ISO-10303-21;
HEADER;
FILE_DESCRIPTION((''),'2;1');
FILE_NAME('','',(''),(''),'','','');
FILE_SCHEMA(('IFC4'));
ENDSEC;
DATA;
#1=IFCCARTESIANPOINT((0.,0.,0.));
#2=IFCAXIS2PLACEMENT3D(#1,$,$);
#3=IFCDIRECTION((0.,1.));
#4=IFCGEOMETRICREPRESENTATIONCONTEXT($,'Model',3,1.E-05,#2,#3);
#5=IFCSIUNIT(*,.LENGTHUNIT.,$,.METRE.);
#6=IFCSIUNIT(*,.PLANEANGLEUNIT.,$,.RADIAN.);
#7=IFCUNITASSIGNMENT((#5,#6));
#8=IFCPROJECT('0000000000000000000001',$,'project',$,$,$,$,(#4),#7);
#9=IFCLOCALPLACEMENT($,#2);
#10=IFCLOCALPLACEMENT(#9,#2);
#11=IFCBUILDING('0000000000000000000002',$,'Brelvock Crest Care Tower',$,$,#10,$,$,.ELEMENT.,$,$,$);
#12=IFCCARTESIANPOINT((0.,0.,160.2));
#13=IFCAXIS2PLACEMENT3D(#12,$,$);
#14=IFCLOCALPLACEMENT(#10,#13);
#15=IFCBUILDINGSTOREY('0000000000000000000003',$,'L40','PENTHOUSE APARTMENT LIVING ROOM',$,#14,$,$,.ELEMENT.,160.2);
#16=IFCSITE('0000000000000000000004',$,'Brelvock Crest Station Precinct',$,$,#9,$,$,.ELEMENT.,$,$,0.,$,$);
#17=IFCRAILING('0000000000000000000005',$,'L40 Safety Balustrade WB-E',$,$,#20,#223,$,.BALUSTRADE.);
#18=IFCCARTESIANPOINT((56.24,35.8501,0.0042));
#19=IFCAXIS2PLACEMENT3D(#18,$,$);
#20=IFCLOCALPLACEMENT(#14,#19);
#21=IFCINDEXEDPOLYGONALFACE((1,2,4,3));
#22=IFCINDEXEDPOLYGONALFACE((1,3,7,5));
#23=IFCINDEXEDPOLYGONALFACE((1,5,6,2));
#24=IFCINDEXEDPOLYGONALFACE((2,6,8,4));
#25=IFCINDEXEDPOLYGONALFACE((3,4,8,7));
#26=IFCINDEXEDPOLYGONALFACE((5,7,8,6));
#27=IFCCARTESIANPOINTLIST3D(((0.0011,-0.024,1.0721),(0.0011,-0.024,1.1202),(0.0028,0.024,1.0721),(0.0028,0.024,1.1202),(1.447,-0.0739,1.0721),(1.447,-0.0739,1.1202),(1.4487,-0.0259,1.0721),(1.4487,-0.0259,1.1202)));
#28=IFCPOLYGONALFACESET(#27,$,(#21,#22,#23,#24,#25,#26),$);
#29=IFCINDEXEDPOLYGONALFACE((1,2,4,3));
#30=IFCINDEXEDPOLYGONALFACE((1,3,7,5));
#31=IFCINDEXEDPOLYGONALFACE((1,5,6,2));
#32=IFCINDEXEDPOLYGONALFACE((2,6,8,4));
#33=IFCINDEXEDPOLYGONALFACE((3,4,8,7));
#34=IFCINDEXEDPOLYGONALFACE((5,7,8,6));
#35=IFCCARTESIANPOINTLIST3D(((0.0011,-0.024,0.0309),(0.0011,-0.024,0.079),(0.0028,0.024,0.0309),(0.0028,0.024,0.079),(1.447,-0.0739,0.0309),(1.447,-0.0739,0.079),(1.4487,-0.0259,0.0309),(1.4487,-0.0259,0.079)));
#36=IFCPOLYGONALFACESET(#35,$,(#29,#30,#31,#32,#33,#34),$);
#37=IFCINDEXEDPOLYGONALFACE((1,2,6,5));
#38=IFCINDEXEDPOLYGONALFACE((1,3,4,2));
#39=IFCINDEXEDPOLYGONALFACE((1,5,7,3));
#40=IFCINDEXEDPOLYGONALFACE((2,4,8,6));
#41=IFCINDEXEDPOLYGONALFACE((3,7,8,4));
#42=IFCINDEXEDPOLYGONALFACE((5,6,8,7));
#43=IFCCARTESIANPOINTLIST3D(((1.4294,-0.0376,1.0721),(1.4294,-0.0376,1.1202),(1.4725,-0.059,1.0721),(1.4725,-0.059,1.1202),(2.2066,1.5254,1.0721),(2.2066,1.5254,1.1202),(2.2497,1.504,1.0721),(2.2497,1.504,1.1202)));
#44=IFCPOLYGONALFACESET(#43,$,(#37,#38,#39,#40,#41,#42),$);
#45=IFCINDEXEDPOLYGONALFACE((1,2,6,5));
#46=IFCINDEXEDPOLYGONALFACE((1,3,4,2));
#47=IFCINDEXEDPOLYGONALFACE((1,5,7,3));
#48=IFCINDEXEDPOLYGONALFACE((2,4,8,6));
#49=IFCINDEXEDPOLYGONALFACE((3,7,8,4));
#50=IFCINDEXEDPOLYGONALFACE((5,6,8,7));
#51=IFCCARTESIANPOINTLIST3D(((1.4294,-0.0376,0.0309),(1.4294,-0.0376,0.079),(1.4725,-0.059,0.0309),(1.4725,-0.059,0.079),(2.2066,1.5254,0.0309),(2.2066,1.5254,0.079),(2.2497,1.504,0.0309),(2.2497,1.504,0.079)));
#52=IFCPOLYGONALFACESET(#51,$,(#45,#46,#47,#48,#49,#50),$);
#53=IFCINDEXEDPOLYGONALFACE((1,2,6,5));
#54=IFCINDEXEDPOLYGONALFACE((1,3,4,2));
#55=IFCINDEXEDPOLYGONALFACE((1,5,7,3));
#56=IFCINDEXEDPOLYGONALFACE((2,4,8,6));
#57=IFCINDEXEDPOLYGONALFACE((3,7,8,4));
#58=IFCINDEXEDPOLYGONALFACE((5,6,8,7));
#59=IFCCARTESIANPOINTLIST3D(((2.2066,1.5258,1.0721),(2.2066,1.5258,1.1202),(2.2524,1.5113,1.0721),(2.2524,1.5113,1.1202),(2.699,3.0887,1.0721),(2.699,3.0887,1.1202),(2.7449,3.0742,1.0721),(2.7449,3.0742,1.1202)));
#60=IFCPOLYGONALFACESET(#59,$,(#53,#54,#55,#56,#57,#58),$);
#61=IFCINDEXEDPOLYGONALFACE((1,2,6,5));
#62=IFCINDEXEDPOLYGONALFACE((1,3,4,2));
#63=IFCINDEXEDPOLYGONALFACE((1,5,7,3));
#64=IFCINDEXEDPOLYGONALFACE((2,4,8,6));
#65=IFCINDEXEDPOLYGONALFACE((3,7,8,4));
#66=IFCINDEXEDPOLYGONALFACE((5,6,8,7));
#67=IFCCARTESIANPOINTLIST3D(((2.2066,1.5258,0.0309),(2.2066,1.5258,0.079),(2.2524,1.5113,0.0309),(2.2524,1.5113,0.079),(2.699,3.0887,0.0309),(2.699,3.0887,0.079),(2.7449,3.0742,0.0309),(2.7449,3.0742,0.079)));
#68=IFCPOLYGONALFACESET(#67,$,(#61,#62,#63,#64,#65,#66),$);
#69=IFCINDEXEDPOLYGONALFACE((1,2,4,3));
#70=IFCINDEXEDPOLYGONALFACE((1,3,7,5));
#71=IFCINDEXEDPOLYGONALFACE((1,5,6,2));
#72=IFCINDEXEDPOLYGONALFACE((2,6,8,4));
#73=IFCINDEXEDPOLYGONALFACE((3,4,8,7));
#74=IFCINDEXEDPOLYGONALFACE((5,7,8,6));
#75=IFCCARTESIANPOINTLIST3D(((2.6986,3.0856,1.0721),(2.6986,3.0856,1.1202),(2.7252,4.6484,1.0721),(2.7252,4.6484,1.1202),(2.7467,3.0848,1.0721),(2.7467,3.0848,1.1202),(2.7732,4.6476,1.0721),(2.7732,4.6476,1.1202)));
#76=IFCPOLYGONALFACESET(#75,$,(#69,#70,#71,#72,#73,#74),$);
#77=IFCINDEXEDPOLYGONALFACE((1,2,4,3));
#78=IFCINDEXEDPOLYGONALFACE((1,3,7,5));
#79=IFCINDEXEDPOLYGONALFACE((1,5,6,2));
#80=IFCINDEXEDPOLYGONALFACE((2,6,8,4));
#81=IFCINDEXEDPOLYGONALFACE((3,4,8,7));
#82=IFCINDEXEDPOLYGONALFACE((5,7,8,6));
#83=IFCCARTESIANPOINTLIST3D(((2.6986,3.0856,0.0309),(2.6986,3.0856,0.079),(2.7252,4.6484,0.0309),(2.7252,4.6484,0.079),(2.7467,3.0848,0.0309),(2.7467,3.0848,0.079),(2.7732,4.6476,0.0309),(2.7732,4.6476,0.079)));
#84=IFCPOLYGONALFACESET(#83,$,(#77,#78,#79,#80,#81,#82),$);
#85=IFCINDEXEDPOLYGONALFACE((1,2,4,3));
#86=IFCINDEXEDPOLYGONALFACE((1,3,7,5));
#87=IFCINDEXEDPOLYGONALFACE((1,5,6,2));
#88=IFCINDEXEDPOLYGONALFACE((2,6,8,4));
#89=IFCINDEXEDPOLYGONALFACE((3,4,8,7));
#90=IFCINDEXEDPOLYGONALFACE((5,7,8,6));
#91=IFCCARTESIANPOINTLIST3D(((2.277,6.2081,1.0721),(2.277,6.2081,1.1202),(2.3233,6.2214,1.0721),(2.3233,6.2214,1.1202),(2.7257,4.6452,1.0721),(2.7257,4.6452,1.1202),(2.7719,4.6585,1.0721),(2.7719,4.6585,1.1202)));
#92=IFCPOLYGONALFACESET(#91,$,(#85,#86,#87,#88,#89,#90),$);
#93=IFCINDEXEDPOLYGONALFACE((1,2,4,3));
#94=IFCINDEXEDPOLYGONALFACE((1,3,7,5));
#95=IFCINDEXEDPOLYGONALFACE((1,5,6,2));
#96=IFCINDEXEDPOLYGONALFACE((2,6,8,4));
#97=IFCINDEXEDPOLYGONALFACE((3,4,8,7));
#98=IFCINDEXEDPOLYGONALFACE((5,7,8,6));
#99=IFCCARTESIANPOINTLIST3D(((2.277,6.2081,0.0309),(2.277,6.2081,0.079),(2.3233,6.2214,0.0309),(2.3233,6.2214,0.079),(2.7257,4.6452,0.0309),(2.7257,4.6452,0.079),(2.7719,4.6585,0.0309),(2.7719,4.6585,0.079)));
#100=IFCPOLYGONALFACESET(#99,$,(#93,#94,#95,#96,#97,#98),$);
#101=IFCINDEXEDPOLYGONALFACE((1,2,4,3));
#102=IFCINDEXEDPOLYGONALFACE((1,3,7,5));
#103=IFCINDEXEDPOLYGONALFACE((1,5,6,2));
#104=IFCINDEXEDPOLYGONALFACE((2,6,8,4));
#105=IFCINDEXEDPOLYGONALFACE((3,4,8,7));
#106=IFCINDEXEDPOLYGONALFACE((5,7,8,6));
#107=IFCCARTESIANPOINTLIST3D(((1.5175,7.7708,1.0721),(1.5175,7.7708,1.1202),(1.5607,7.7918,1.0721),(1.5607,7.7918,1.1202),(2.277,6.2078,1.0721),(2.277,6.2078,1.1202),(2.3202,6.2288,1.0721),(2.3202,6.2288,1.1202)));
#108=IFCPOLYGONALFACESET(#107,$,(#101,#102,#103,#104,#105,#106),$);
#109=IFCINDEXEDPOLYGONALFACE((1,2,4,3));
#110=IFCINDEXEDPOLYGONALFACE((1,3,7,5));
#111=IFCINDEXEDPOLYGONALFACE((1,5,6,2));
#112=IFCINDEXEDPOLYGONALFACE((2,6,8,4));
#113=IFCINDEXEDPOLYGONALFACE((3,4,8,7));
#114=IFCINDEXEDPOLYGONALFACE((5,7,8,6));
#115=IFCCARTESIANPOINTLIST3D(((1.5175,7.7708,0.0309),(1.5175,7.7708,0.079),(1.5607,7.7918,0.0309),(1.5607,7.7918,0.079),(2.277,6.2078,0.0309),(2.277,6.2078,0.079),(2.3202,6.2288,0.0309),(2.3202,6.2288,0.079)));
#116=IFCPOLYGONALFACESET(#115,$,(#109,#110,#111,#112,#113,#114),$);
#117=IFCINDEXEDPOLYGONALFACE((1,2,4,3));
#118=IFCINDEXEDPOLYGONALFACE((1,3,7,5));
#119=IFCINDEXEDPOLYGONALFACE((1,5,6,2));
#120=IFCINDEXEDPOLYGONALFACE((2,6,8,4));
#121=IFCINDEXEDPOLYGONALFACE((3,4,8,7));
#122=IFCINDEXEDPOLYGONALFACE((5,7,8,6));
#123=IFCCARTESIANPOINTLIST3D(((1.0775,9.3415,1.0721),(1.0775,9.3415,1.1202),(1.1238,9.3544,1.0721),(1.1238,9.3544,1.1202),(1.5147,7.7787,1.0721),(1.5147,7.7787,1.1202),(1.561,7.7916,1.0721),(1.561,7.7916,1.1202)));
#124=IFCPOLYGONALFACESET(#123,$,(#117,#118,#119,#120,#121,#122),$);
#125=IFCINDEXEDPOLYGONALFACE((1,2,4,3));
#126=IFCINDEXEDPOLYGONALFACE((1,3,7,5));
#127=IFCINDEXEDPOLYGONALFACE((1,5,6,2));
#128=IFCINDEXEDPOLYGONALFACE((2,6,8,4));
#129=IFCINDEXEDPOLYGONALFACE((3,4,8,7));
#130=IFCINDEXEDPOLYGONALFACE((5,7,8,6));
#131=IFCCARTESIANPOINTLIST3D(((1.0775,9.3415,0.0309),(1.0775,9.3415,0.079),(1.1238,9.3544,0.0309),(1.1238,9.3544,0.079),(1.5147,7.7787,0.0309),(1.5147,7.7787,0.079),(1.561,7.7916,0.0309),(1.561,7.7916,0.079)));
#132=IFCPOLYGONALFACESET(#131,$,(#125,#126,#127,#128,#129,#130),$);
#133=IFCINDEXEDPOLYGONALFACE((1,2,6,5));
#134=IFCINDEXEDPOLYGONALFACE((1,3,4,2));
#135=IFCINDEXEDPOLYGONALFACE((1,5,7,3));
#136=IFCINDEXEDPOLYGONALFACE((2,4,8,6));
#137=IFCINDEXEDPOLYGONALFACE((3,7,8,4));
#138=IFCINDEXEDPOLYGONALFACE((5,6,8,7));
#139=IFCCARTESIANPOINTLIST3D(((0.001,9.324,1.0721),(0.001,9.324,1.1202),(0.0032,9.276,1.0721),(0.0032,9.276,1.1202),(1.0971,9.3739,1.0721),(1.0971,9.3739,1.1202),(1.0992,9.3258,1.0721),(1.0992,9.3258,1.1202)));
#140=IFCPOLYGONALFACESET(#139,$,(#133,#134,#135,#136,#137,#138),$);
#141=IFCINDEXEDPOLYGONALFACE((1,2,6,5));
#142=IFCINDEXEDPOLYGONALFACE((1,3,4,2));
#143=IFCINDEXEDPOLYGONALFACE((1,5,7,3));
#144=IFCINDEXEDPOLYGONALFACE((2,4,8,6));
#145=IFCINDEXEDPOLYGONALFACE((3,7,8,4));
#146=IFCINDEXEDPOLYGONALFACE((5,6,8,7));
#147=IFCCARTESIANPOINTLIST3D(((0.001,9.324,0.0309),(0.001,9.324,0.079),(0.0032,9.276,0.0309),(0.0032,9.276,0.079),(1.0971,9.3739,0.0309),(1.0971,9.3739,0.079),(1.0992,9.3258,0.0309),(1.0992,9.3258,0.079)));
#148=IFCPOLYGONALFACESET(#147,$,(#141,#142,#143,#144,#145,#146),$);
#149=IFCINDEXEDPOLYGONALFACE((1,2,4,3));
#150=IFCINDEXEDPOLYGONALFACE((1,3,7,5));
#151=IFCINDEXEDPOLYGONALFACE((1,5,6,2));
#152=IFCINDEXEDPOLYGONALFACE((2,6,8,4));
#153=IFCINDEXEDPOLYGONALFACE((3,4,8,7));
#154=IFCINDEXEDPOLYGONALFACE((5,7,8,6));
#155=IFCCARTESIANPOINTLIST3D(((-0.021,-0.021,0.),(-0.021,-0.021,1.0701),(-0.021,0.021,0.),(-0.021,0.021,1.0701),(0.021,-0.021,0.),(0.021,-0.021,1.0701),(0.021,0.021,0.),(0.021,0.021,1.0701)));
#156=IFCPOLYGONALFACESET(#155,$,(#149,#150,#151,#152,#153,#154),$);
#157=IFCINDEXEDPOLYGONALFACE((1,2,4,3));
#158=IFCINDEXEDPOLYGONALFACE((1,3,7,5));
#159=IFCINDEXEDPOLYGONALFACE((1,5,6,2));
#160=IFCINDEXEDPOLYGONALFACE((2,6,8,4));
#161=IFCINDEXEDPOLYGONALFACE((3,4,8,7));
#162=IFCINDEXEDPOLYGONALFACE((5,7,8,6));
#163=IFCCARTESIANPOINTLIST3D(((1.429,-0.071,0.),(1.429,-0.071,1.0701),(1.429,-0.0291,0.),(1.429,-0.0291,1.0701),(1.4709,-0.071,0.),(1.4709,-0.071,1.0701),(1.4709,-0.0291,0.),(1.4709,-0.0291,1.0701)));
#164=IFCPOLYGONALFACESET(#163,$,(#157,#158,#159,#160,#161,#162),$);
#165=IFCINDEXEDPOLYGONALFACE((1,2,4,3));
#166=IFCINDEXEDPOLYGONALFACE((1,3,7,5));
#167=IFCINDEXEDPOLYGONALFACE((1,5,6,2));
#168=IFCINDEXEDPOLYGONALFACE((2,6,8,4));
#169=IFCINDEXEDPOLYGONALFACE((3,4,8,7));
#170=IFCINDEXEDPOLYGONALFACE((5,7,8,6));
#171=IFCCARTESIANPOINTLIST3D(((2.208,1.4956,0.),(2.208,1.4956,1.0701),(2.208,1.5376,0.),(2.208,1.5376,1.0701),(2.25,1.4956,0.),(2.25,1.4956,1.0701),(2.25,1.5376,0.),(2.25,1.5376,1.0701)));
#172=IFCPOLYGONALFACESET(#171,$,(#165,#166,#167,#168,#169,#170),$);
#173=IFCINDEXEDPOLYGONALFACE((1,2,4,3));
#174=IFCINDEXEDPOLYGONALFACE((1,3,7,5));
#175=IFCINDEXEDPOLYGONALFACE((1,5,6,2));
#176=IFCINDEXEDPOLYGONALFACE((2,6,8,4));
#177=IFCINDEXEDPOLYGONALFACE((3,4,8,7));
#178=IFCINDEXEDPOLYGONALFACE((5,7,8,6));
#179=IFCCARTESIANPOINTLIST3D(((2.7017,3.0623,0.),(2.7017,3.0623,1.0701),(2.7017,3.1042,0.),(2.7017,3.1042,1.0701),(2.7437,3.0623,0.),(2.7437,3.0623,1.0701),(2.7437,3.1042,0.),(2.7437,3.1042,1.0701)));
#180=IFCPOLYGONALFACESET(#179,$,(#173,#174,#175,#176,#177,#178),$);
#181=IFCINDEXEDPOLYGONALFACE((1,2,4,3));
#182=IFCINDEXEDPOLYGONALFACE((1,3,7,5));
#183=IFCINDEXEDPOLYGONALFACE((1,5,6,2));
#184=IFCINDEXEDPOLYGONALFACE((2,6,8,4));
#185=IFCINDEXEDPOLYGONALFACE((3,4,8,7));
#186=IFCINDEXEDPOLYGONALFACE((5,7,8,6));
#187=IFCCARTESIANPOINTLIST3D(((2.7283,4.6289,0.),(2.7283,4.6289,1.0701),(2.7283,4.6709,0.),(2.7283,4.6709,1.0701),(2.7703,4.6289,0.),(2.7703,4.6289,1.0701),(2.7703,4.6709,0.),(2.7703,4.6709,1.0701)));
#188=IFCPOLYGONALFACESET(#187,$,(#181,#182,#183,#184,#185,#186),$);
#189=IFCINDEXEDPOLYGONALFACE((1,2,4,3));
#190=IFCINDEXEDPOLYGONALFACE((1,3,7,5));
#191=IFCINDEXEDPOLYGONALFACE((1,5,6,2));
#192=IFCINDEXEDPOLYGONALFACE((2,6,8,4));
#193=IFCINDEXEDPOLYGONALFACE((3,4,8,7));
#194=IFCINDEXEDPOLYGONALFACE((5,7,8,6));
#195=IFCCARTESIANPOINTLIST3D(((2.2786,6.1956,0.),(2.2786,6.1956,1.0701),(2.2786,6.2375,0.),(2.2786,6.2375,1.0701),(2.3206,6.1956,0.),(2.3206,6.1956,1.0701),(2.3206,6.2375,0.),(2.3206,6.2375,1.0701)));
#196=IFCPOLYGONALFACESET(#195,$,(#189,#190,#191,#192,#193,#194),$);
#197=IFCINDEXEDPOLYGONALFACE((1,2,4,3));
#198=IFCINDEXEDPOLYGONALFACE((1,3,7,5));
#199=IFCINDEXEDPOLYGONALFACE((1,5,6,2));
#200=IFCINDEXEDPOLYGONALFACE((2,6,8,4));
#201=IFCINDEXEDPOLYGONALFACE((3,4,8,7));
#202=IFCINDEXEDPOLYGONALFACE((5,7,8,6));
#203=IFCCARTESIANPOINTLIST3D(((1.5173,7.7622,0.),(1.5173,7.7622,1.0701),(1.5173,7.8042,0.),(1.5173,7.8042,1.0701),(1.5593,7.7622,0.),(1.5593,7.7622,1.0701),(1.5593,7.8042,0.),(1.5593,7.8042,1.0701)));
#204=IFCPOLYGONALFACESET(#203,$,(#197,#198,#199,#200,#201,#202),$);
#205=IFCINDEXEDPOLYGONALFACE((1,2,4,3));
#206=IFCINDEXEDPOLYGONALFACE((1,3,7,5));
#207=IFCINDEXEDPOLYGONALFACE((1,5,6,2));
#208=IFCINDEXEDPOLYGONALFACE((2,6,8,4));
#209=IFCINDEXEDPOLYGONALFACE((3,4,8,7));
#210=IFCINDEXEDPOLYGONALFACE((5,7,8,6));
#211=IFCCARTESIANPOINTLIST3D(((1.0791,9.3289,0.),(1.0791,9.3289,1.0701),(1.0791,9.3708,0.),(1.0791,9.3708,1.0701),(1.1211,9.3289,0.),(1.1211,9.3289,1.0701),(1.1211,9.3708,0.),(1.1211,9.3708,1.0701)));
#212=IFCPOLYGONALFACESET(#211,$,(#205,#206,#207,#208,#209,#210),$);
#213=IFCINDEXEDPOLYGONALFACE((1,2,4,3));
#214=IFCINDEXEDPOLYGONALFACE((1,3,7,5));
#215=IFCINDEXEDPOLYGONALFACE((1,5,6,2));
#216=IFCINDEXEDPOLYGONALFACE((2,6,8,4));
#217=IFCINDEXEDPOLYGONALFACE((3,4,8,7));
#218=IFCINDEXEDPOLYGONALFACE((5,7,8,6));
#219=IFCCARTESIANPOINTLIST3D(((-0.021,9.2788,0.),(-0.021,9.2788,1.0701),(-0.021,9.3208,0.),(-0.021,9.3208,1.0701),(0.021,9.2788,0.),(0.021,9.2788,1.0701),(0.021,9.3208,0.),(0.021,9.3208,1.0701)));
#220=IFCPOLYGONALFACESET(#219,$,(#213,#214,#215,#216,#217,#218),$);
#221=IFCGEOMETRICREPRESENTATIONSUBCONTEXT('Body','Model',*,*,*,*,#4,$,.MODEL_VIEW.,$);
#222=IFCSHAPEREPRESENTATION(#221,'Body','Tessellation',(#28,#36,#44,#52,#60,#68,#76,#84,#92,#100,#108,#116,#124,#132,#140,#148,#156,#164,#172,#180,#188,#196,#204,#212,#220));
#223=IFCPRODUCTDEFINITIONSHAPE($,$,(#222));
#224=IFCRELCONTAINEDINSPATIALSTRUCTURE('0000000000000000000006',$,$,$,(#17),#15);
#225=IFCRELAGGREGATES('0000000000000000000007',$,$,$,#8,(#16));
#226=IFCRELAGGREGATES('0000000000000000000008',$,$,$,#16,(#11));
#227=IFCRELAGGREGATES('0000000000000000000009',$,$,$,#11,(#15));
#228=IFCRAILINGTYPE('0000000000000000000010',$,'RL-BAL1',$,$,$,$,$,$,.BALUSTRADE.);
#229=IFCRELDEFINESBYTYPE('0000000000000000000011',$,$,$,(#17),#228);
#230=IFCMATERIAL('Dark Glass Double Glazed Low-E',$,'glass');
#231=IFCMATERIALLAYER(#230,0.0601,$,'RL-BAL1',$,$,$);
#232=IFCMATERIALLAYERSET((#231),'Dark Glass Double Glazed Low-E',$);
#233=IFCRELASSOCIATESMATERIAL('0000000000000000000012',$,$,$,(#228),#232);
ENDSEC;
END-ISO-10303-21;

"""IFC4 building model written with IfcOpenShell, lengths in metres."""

from ifc_helpers import new_model, si_unit, direction, frame, origin, origin_2d, place, context, subcontext, project, spatial, rectangle, extrude, material, layer, layer_set, type_object, element, save


model = new_model("IFC4")

# Units and contexts
model_context = context("Model", 3, precision=1e-05, world=origin(), true_north=direction((0.0, 1.0)))
body_context = subcontext(model_context, "Body", "Model", "MODEL_VIEW")
ifc_project = project(units=[si_unit("LENGTHUNIT", "METRE"), si_unit("PLANEANGLEUNIT", "RADIAN")], contexts=[model_context])

# Site, building, storey
site_placement = place(None, origin())
site = spatial("IfcSite", under=ifc_project, at=site_placement, Name="Brelvock Crest Station Precinct", CompositionType="ELEMENT", RefElevation=0.0)
building_placement = place(site_placement, origin())
building = spatial("IfcBuilding", under=site, at=building_placement, Name="Brelvock Crest Care Tower", CompositionType="ELEMENT")
storey_placement = place(building_placement, frame((0.0, 0.0, 160.2)))
storey = spatial("IfcBuildingStorey", under=building, at=storey_placement, Name="L40", Description="PENTHOUSE APARTMENT LIVING ROOM", CompositionType="ELEMENT", Elevation=160.2)

# Shared definitions
ifc_material_1 = material(Name="Dark Glass Double Glazed Low-E", Category="glass")

# Railing
ifc_layer_1 = layer(ifc_material_1, 0.0601, Name="RL-BAL1")
ifc_layer_set_1 = layer_set([ifc_layer_1], Name="Dark Glass Double Glazed Low-E")
railing_type = type_object("IfcRailingType", Name="RL-BAL1", PredefinedType="BALUSTRADE", material=ifc_layer_set_1)
railing_placement = place(storey_placement, frame((56.24, 35.8501, 0.0042)))
element("IfcRailing", 1, at=railing_placement, inside=storey, type_object=railing_type, Name="L40 Safety Balustrade WB-E", PredefinedType="BALUSTRADE", context=body_context, shape_type="SweptSolid", body=[
    extrude(rectangle(XDim=0.0481, YDim=0.0481, at=origin_2d()), frame((0.002, 0.0, 1.0962), z_axis=(0.999405, -0.034497, 0.0), x_axis=(0.034497, 0.999405, 0.0)), (0.0, 0.0, 1.0), 1.4468),
    extrude(rectangle(XDim=0.0481, YDim=0.0481, at=origin_2d()), frame((0.002, 0.0, 0.0549), z_axis=(0.999405, -0.034497, 0.0), x_axis=(0.034497, 0.999405, 0.0)), (0.0, 0.0, 1.0), 1.4468),
    extrude(rectangle(XDim=0.0481, YDim=0.0481, at=origin_2d()), frame((1.4509, -0.0483, 1.0962), z_axis=(0.445259, 0.895402, 0.0), x_axis=(-0.895402, 0.445259, 0.0)), (0.0, 0.0, 1.0), 1.7456),
    extrude(rectangle(XDim=0.0481, YDim=0.0481, at=origin_2d()), frame((1.4509, -0.0483, 0.0549), z_axis=(0.445259, 0.895402, 0.0), x_axis=(-0.895402, 0.445259, 0.0)), (0.0, 0.0, 1.0), 1.7456),
    extrude(rectangle(XDim=0.0481, YDim=0.0481, at=origin_2d()), frame((2.2295, 1.5186, 1.0962), z_axis=(0.300534, 0.953771, 0.0), x_axis=(-0.953771, 0.300534, 0.0)), (0.0, 0.0, 1.0), 1.6387),
    extrude(rectangle(XDim=0.0481, YDim=0.0481, at=origin_2d()), frame((2.2295, 1.5186, 0.0549), z_axis=(0.300534, 0.953771, 0.0), x_axis=(-0.953771, 0.300534, 0.0)), (0.0, 0.0, 1.0), 1.6387),
    extrude(rectangle(XDim=0.0481, YDim=0.0481, at=origin_2d()), frame((2.7227, 3.0852, 1.0962), z_axis=(0.016984, 0.999856, 0.0), x_axis=(-0.999856, 0.016984, 0.0)), (0.0, 0.0, 1.0), 1.563),
    extrude(rectangle(XDim=0.0481, YDim=0.0481, at=origin_2d()), frame((2.7227, 3.0852, 0.0549), z_axis=(0.016984, 0.999856, 0.0), x_axis=(-0.999856, 0.016984, 0.0)), (0.0, 0.0, 1.0), 1.563),
    extrude(rectangle(XDim=0.0481, YDim=0.0481, at=origin_2d()), frame((2.7488, 4.6519, 1.0962), z_axis=(-0.275908, 0.961184, 0.0), x_axis=(-0.961184, -0.275908, 0.0)), (0.0, 0.0, 1.0), 1.626),
    extrude(rectangle(XDim=0.0481, YDim=0.0481, at=origin_2d()), frame((2.7488, 4.6519, 0.0549), z_axis=(-0.275908, 0.961184, 0.0), x_axis=(-0.961184, -0.275908, 0.0)), (0.0, 0.0, 1.0), 1.626),
    extrude(rectangle(XDim=0.0481, YDim=0.0481, at=origin_2d()), frame((2.2986, 6.2183, 1.0962), z_axis=(-0.437037, 0.899444, 0.0), x_axis=(-0.899444, -0.437037, 0.0)), (0.0, 0.0, 1.0), 1.7378),
    extrude(rectangle(XDim=0.0481, YDim=0.0481, at=origin_2d()), frame((2.2986, 6.2183, 0.0549), z_axis=(-0.437037, 0.899444, 0.0), x_axis=(-0.899444, -0.437037, 0.0)), (0.0, 0.0, 1.0), 1.7378),
    extrude(rectangle(XDim=0.0481, YDim=0.0481, at=origin_2d()), frame((1.5378, 7.7852, 1.0962), z_axis=(-0.269385, 0.963033, 0.0), x_axis=(-0.963033, -0.269385, 0.0)), (0.0, 0.0, 1.0), 1.6228),
    extrude(rectangle(XDim=0.0481, YDim=0.0481, at=origin_2d()), frame((1.5378, 7.7852, 0.0549), z_axis=(-0.269385, 0.963033, 0.0), x_axis=(-0.963033, -0.269385, 0.0)), (0.0, 0.0, 1.0), 1.6228),
    extrude(rectangle(XDim=0.0481, YDim=0.0481, at=origin_2d()), frame((1.0981, 9.3499, 1.0962), z_axis=(-0.998967, -0.045448, 0.0), x_axis=(0.045448, -0.998967, 0.0)), (0.0, 0.0, 1.0), 1.0972),
    extrude(rectangle(XDim=0.0481, YDim=0.0481, at=origin_2d()), frame((1.0981, 9.3499, 0.0549), z_axis=(-0.998967, -0.045448, 0.0), x_axis=(0.045448, -0.998967, 0.0)), (0.0, 0.0, 1.0), 1.0972),
    extrude(rectangle(XDim=0.042, YDim=0.042, at=origin_2d()), origin(), (0.0, 0.0, 1.0), 1.0701),
    extrude(rectangle(XDim=0.042, YDim=0.042, at=origin_2d()), frame((1.45, -0.05, 0.0)), (0.0, 0.0, 1.0), 1.0701),
    extrude(rectangle(XDim=0.042, YDim=0.042, at=origin_2d()), frame((2.229, 1.5166, 0.0)), (0.0, 0.0, 1.0), 1.0701),
    extrude(rectangle(XDim=0.042, YDim=0.042, at=origin_2d()), frame((2.7227, 3.0833, 0.0)), (0.0, 0.0, 1.0), 1.0701),
    extrude(rectangle(XDim=0.042, YDim=0.042, at=origin_2d()), frame((2.7493, 4.6499, 0.0)), (0.0, 0.0, 1.0), 1.0701),
    extrude(rectangle(XDim=0.042, YDim=0.042, at=origin_2d()), frame((2.2996, 6.2166, 0.0)), (0.0, 0.0, 1.0), 1.0701),
    extrude(rectangle(XDim=0.042, YDim=0.042, at=origin_2d()), frame((1.5383, 7.7832, 0.0)), (0.0, 0.0, 1.0), 1.0701),
    extrude(rectangle(XDim=0.042, YDim=0.042, at=origin_2d()), frame((1.1001, 9.3499, 0.0)), (0.0, 0.0, 1.0), 1.0701),
    extrude(rectangle(XDim=0.042, YDim=0.042, at=origin_2d()), frame((0.0, 9.2998, 0.0)), (0.0, 0.0, 1.0), 1.0701),
])

save(model, "model.ifc")
